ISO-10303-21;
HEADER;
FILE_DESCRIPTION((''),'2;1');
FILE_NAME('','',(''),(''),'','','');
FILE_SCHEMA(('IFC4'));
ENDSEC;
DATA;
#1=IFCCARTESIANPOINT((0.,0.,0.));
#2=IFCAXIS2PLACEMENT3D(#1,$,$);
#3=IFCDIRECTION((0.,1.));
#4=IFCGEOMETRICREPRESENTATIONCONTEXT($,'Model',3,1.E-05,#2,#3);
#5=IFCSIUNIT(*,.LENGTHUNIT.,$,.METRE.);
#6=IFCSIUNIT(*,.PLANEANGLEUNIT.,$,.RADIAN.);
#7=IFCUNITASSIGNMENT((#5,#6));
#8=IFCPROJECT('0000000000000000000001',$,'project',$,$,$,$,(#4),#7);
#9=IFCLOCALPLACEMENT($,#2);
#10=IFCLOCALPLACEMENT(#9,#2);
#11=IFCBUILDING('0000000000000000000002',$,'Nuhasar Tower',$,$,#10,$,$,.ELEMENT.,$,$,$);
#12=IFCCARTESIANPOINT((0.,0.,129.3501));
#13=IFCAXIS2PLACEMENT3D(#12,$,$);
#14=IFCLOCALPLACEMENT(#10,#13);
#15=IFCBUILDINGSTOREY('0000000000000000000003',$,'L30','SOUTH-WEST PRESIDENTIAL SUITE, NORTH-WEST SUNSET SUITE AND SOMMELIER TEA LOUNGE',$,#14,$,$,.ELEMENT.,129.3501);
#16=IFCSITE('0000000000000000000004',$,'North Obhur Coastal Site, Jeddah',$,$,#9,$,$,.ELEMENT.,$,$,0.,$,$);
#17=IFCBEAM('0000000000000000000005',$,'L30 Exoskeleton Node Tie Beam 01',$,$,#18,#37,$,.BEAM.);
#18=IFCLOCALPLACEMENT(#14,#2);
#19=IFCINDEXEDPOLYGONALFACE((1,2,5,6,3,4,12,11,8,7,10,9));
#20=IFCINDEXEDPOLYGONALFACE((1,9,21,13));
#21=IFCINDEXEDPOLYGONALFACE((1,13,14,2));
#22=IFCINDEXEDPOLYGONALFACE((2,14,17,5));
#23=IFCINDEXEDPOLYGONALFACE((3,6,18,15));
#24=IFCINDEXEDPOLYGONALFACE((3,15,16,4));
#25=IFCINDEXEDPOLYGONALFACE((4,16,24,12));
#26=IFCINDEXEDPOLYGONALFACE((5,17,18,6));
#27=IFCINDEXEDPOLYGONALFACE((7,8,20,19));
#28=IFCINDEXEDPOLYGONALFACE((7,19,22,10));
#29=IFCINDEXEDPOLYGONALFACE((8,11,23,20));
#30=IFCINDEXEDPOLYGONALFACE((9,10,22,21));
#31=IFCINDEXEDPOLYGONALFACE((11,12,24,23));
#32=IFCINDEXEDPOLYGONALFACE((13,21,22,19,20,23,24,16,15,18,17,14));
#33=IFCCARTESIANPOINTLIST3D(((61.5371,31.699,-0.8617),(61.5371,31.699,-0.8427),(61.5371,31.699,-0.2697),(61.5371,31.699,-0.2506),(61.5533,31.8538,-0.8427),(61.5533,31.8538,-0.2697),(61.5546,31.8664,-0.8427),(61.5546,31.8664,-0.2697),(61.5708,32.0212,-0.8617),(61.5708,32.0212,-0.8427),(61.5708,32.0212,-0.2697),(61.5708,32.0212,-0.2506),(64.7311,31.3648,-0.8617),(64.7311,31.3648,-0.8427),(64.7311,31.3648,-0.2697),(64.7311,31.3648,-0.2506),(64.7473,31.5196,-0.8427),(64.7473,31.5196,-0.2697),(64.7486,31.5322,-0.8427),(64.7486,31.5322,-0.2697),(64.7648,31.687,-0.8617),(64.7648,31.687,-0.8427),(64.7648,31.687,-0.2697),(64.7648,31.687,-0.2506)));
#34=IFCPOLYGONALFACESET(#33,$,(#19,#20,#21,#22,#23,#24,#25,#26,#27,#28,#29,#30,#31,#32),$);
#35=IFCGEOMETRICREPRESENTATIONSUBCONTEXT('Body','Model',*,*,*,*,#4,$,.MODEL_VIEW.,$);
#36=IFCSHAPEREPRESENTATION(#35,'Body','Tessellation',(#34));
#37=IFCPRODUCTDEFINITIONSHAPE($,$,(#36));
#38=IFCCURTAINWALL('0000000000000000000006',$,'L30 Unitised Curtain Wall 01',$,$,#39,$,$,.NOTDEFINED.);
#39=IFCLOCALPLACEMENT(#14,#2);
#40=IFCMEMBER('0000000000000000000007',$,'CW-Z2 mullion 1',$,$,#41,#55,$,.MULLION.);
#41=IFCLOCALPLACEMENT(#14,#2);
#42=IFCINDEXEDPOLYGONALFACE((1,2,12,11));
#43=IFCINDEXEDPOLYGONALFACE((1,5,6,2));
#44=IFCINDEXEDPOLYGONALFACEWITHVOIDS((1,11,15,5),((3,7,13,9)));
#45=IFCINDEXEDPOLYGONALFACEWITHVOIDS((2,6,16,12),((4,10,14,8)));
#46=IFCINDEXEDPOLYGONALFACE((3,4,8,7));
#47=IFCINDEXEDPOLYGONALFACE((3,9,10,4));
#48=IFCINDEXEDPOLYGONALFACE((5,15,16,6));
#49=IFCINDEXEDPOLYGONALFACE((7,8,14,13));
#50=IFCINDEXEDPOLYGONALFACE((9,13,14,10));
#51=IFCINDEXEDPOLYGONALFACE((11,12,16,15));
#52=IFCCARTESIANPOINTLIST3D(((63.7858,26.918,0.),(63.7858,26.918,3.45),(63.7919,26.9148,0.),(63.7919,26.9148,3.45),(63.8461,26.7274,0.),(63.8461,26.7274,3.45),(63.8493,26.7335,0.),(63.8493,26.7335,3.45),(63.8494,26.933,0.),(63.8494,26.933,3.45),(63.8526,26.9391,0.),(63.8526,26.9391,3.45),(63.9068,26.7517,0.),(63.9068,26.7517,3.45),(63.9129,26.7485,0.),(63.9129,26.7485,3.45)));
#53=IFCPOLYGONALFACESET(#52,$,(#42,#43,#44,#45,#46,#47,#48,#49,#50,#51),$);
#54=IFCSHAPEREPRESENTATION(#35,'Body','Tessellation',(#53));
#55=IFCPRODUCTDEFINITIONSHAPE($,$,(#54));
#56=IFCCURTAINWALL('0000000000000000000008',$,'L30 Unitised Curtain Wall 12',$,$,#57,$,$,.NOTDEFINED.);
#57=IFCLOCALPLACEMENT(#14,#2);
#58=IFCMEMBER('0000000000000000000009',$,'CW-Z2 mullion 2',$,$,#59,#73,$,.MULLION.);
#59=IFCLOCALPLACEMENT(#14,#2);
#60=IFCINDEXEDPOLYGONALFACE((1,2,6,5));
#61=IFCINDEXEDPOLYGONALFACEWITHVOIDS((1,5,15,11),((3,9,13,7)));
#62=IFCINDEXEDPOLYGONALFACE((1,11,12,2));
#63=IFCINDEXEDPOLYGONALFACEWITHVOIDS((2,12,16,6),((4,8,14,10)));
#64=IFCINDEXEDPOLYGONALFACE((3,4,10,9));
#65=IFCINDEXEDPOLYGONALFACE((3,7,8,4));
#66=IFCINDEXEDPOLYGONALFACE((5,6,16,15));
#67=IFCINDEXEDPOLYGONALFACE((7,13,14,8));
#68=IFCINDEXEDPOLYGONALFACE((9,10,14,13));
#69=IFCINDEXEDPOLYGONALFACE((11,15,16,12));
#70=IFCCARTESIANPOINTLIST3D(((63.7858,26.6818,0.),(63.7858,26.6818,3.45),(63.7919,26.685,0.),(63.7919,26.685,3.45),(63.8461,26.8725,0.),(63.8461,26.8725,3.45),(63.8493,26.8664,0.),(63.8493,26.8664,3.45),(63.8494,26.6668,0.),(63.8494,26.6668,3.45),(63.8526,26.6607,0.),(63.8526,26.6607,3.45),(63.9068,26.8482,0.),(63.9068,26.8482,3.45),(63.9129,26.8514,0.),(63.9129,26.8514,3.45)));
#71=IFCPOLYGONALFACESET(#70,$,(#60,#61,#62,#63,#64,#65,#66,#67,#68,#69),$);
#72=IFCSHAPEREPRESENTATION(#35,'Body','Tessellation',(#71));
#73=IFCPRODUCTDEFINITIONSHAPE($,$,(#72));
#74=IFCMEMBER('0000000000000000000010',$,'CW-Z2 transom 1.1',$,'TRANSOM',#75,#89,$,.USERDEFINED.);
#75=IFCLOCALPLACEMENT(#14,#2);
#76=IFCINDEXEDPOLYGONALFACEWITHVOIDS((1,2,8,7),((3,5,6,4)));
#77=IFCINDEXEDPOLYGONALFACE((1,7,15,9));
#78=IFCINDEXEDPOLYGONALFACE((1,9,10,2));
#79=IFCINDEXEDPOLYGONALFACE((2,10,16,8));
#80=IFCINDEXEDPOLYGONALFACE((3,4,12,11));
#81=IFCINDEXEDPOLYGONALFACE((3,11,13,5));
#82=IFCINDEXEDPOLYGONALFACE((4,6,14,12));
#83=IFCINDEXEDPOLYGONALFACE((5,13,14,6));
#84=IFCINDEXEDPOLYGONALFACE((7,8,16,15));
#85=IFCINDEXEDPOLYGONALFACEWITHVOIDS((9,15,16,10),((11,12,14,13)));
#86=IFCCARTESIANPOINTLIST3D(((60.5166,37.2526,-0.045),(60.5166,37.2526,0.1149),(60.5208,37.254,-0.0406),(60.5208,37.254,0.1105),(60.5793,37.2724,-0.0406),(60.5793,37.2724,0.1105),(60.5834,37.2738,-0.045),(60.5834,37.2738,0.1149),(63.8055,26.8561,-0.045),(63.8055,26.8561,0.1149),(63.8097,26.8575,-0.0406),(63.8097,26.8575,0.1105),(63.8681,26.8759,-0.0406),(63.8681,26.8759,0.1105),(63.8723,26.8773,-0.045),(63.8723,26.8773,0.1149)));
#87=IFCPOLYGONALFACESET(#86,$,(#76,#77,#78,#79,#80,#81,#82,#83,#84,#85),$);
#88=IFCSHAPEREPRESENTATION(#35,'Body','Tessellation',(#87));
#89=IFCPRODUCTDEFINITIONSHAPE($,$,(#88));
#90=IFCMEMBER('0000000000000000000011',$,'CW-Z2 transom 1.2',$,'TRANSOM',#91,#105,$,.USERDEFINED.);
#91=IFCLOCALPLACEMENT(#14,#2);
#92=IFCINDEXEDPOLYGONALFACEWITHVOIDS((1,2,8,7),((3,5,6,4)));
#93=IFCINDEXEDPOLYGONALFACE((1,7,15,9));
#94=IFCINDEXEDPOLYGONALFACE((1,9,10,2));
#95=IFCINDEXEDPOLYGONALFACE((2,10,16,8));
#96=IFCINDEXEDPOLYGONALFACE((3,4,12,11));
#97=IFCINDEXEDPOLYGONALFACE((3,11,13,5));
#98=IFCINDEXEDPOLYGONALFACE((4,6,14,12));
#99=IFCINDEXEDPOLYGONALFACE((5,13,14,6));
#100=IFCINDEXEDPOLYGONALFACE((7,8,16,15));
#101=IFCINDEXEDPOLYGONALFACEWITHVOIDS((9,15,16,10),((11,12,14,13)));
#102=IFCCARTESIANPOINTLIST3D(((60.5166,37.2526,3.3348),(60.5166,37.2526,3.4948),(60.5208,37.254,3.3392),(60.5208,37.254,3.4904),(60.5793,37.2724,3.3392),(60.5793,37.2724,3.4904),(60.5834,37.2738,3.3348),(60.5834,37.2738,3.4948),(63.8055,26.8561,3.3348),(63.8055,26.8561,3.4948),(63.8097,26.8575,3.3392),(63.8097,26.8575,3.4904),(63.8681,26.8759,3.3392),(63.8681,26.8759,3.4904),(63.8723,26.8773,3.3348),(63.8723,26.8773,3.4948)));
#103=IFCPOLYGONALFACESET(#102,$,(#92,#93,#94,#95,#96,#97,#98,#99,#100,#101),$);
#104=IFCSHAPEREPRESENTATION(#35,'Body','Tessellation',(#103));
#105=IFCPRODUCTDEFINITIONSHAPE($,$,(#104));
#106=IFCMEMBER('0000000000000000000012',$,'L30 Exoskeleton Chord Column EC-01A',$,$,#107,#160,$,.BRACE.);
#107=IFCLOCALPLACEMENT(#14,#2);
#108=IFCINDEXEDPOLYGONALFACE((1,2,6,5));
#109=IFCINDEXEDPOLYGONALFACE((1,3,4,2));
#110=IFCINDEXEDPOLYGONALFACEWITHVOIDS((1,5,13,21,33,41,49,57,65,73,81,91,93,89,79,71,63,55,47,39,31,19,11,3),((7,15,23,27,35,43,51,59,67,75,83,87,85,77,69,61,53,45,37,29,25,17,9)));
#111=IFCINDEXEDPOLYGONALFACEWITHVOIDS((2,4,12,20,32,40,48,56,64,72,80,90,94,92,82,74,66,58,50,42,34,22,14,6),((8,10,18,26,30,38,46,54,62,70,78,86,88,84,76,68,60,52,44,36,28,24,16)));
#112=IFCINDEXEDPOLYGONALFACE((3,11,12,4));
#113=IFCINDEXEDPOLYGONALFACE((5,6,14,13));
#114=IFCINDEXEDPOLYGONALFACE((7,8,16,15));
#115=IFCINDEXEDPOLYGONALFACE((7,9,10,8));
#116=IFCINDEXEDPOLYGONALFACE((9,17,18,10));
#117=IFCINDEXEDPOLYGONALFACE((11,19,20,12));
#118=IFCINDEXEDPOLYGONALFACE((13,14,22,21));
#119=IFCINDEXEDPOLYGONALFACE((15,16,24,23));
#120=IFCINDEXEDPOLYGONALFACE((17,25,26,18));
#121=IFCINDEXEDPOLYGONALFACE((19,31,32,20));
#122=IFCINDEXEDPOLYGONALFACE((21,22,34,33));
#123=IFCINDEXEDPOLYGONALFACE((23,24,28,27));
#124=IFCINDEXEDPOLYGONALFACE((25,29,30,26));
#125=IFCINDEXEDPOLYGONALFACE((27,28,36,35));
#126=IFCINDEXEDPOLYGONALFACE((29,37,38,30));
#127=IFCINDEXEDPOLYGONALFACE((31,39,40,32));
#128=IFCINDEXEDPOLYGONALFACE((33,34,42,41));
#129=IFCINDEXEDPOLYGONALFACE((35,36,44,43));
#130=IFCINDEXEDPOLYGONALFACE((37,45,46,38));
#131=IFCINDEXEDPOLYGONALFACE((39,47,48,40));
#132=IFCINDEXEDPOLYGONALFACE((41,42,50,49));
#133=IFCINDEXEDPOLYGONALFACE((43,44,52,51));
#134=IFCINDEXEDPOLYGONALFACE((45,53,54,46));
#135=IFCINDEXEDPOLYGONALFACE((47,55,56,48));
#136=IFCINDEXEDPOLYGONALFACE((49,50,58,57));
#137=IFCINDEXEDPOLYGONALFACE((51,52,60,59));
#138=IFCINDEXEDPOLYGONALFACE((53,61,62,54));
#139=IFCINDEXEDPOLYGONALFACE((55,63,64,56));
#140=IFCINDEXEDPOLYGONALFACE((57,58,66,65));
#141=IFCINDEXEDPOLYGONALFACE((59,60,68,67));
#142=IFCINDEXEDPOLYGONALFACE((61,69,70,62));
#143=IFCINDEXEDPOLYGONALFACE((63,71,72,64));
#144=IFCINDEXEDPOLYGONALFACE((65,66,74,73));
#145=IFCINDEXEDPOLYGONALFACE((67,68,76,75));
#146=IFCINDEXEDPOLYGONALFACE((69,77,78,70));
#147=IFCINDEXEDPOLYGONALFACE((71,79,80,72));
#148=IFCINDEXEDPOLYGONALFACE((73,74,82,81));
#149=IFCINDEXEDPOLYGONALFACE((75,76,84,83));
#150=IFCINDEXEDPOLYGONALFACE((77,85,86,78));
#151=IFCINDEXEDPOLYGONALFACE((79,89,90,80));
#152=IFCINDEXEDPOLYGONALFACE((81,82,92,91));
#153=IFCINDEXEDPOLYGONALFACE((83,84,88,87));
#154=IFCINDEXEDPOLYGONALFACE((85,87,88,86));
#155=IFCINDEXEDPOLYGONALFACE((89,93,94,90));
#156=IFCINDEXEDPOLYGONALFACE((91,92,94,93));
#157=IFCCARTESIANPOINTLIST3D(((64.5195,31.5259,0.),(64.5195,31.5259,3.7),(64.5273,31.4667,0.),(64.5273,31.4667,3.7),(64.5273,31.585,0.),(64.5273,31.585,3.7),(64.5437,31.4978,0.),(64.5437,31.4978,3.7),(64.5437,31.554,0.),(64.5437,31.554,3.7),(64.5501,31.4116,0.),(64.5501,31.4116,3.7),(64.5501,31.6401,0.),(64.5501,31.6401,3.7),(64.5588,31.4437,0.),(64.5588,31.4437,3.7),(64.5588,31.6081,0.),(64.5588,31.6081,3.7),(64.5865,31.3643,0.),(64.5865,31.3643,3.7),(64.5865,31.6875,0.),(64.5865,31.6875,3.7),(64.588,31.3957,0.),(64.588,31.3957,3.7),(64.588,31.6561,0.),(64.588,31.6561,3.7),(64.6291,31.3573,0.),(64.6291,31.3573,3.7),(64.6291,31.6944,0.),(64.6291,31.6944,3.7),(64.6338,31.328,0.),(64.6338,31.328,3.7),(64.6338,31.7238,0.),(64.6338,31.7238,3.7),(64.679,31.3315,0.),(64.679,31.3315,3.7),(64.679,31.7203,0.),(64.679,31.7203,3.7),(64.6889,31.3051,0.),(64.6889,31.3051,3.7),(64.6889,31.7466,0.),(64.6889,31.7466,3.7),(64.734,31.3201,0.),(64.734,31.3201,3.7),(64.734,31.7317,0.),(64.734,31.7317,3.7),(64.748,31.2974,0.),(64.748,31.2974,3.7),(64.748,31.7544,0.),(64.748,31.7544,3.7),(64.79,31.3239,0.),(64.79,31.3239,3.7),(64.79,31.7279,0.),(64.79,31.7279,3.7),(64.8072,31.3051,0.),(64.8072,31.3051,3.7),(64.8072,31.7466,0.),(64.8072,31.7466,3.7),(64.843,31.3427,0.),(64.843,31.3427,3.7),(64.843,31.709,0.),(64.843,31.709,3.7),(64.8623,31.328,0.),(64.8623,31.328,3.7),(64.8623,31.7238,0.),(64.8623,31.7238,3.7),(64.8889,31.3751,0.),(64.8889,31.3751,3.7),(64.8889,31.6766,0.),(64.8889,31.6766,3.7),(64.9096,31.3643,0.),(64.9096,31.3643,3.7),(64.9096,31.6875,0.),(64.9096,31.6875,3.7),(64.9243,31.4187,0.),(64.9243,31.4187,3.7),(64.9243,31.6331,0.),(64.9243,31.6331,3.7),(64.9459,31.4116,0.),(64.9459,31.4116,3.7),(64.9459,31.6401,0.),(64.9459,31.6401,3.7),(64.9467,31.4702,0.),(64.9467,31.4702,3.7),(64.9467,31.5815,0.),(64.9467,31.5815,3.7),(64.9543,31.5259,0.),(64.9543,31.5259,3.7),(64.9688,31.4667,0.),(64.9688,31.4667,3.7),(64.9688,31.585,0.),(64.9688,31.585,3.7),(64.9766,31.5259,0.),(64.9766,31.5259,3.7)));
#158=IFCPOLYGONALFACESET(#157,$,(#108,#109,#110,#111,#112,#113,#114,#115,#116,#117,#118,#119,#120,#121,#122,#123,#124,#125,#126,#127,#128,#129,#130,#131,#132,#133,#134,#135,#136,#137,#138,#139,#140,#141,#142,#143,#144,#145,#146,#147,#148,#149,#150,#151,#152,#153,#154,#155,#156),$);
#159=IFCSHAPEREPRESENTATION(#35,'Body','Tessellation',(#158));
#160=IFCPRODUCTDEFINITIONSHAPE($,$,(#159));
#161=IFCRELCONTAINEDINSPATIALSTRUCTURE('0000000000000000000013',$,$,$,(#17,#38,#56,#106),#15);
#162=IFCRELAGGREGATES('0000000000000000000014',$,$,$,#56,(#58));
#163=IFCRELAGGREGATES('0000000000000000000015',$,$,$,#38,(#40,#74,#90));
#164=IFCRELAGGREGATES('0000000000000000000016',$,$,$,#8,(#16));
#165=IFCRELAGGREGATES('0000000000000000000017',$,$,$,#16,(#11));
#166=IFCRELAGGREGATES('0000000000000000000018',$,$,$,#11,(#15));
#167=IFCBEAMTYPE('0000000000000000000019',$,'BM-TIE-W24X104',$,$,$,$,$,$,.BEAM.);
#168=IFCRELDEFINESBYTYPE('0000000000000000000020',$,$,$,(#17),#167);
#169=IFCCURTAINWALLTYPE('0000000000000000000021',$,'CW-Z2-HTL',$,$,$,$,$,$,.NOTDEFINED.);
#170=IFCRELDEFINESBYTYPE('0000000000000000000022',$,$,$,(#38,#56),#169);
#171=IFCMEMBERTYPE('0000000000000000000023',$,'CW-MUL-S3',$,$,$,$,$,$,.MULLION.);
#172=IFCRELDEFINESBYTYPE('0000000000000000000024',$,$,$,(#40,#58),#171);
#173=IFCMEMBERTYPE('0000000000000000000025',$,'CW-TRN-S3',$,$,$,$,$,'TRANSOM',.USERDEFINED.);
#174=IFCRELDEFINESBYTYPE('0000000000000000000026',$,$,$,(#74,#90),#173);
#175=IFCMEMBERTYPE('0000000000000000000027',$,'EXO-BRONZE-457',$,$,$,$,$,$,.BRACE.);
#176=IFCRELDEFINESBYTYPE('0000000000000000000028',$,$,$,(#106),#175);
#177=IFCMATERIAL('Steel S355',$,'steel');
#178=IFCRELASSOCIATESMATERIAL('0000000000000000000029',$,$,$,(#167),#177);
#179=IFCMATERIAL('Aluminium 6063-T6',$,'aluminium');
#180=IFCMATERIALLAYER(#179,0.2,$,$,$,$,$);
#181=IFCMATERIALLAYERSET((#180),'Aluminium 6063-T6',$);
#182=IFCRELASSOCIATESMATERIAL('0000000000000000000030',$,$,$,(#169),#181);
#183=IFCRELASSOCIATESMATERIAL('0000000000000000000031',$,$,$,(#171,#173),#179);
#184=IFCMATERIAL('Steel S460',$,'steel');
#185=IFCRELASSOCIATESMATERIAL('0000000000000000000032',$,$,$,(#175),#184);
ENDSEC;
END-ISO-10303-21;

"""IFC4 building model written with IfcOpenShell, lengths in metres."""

from ifc_helpers import new_model, si_unit, direction, frame, origin, origin_2d, place, context, subcontext, project, spatial, hollow_rectangle, hollow_circle, i_section, extrude, material, layer, layer_set, material_profile, profile_set, type_object, element, aggregate, save


model = new_model("IFC4")

# Units and contexts
model_context = context("Model", 3, precision=1e-05, world=origin(), true_north=direction((0.0, 1.0)))
body_context = subcontext(model_context, "Body", "Model", "MODEL_VIEW")
ifc_project = project(units=[si_unit("LENGTHUNIT", "METRE"), si_unit("PLANEANGLEUNIT", "RADIAN")], contexts=[model_context])

# Site, building, storey
site_placement = place(None, origin())
site = spatial("IfcSite", under=ifc_project, at=site_placement, Name="North Obhur Coastal Site, Jeddah", CompositionType="ELEMENT", RefElevation=0.0)
building_placement = place(site_placement, origin())
building = spatial("IfcBuilding", under=site, at=building_placement, Name="Nuhasar Tower", CompositionType="ELEMENT")
storey_placement = place(building_placement, frame((0.0, 0.0, 129.3501)))
storey = spatial("IfcBuildingStorey", under=building, at=storey_placement, Name="L30", Description="SOUTH-WEST PRESIDENTIAL SUITE, NORTH-WEST SUNSET SUITE AND SOMMELIER TEA LOUNGE", CompositionType="ELEMENT", Elevation=129.3501)

# Beam
ifc_material_1 = material(Name="Steel S355", Category="steel")
ifc_material_profile_1 = material_profile(ifc_material_1, i_section(OverallWidth=0.324, OverallDepth=0.6111, WebThickness=0.0127, FlangeThickness=0.019, at=origin_2d()), Name="W24X104")
ifc_profile_set_1 = profile_set([ifc_material_profile_1], Name="Steel S355")
beam_type_1 = type_object("IfcBeamType", Name="BM-TIE-W24X104", PredefinedType="BEAM", material=ifc_profile_set_1)
beam_1_placement = place(storey_placement, frame((61.554, 31.8601, -0.5562), z_axis=(0.99457, -0.104071, 0.0), x_axis=(0.104071, 0.99457, 0.0)))
element("IfcBeam", 1, at=beam_1_placement, inside=storey, type_object=beam_type_1, Name="L30 Exoskeleton Node Tie Beam 01", PredefinedType="BEAM", context=body_context, shape_type="SweptSolid", body=[
    extrude(i_section(OverallWidth=0.324, OverallDepth=0.6111, WebThickness=0.0127, FlangeThickness=0.019, at=origin_2d()), origin(), (0.0, 0.0, 1.0), 3.2114),
])

# Curtain walls, members
ifc_material_2 = material(Name="Aluminium 6063-T6", Category="aluminium")
ifc_layer_1 = layer(ifc_material_2, 0.2)
ifc_layer_set_1 = layer_set([ifc_layer_1], Name="Aluminium 6063-T6")
curtain_wall_type = type_object("IfcCurtainWallType", Name="CW-Z2-HTL", PredefinedType="NOTDEFINED", material=ifc_layer_set_1)
curtain_wall_1_placement = place(storey_placement, origin())
curtain_wall_1 = element("IfcCurtainWall", 2, at=curtain_wall_1_placement, inside=storey, type_object=curtain_wall_type, Name="L30 Unitised Curtain Wall 01", PredefinedType="NOTDEFINED")
ifc_material_profile_2 = material_profile(ifc_material_2, hollow_rectangle(XDim=0.0701, YDim=0.2, WallThickness=0.0049, at=origin_2d()), Name="CWM-3")
ifc_profile_set_2 = profile_set([ifc_material_profile_2], Name="Aluminium 6063-T6")
member_type_1 = type_object("IfcMemberType", Name="CW-MUL-S3", PredefinedType="MULLION", material=ifc_profile_set_2)
member_1_placement = place(storey_placement, frame((63.8494, 26.8333, 0.0), z_axis=(0.0, 0.0, 1.0), x_axis=(-0.953433, -0.301604, 0.0)))
member_1 = element("IfcMember", 3, at=member_1_placement, type_object=member_type_1, Name="CW-Z2 mullion 1", PredefinedType="MULLION", context=body_context, shape_type="SweptSolid", body=[
    extrude(hollow_rectangle(XDim=0.0701, YDim=0.2, WallThickness=0.0049, at=origin_2d()), origin(), (0.0, 0.0, 1.0), 3.45),
])
curtain_wall_2_placement = place(storey_placement, origin())
curtain_wall_2 = element("IfcCurtainWall", 4, at=curtain_wall_2_placement, inside=storey, type_object=curtain_wall_type, Name="L30 Unitised Curtain Wall 12", PredefinedType="NOTDEFINED")
member_2_placement = place(storey_placement, frame((63.8494, 26.7666, 0.0), z_axis=(0.0, 0.0, 1.0), x_axis=(-0.953433, 0.301604, 0.0)))
member_2 = element("IfcMember", 5, at=member_2_placement, type_object=member_type_1, Name="CW-Z2 mullion 2", PredefinedType="MULLION", context=body_context, shape_type="SweptSolid", body=[
    extrude(hollow_rectangle(XDim=0.0701, YDim=0.2, WallThickness=0.0049, at=origin_2d()), origin(), (0.0, 0.0, 1.0), 3.45),
])
aggregate(curtain_wall_2, [member_2])

# Members
ifc_material_profile_3 = material_profile(ifc_material_2, hollow_rectangle(XDim=0.0701, YDim=0.1599, WallThickness=0.0044, at=origin_2d()), Name="CWT-3")
ifc_profile_set_3 = profile_set([ifc_material_profile_3], Name="Aluminium 6063-T6")
member_type_2 = type_object("IfcMemberType", Name="CW-TRN-S3", ElementType="TRANSOM", PredefinedType="USERDEFINED", material=ifc_profile_set_3)
member_3_placement = place(storey_placement, frame((63.8389, 26.8667, 0.0349), z_axis=(-0.301608, 0.953432, 0.0), x_axis=(-0.953432, -0.301608, 0.0)))
member_3 = element("IfcMember", 6, at=member_3_placement, type_object=member_type_2, Name="CW-Z2 transom 1.1", ObjectType="TRANSOM", PredefinedType="USERDEFINED", context=body_context, shape_type="SweptSolid", body=[
    extrude(hollow_rectangle(XDim=0.0701, YDim=0.1599, WallThickness=0.0044, at=origin_2d()), origin(), (0.0, 0.0, 1.0), 10.9043),
])
member_4_placement = place(storey_placement, frame((63.8389, 26.8667, 3.4148), z_axis=(-0.301608, 0.953432, 0.0), x_axis=(-0.953432, -0.301608, 0.0)))
member_4 = element("IfcMember", 7, at=member_4_placement, type_object=member_type_2, Name="CW-Z2 transom 1.2", ObjectType="TRANSOM", PredefinedType="USERDEFINED", context=body_context, shape_type="SweptSolid", body=[
    extrude(hollow_rectangle(XDim=0.0701, YDim=0.1599, WallThickness=0.0044, at=origin_2d()), origin(), (0.0, 0.0, 1.0), 10.9043),
])

# Member
ifc_material_3 = material(Name="Steel S460", Category="steel")
ifc_material_profile_4 = material_profile(ifc_material_3, hollow_circle(Radius=0.2285, WallThickness=0.0222, at=origin_2d()), Name="HSS457X22.2")
ifc_profile_set_4 = profile_set([ifc_material_profile_4], Name="Steel S460")
member_type_3 = type_object("IfcMemberType", Name="EXO-BRONZE-457", PredefinedType="BRACE", material=ifc_profile_set_4)
for number, where, z_axis, x_axis, name in (
    (8, (64.748, 31.5259, 0.0), (0.0, 0.0, 1.0), (1.0, 0.0, 0.0), "L30 Exoskeleton Chord Column EC-01A"),
):
    element("IfcMember", number, at=place(storey_placement, frame(where, z_axis=z_axis, x_axis=x_axis)), inside=storey, type_object=member_type_3, Name=name, PredefinedType="BRACE", context=body_context, shape_type="SweptSolid", body=[
        extrude(hollow_circle(Radius=0.2285, WallThickness=0.0222, at=origin_2d()), origin(), (0.0, 0.0, 1.0), 3.7),
    ])

aggregate(curtain_wall_1, [member_1, member_3, member_4])

save(model, "model.ifc")
